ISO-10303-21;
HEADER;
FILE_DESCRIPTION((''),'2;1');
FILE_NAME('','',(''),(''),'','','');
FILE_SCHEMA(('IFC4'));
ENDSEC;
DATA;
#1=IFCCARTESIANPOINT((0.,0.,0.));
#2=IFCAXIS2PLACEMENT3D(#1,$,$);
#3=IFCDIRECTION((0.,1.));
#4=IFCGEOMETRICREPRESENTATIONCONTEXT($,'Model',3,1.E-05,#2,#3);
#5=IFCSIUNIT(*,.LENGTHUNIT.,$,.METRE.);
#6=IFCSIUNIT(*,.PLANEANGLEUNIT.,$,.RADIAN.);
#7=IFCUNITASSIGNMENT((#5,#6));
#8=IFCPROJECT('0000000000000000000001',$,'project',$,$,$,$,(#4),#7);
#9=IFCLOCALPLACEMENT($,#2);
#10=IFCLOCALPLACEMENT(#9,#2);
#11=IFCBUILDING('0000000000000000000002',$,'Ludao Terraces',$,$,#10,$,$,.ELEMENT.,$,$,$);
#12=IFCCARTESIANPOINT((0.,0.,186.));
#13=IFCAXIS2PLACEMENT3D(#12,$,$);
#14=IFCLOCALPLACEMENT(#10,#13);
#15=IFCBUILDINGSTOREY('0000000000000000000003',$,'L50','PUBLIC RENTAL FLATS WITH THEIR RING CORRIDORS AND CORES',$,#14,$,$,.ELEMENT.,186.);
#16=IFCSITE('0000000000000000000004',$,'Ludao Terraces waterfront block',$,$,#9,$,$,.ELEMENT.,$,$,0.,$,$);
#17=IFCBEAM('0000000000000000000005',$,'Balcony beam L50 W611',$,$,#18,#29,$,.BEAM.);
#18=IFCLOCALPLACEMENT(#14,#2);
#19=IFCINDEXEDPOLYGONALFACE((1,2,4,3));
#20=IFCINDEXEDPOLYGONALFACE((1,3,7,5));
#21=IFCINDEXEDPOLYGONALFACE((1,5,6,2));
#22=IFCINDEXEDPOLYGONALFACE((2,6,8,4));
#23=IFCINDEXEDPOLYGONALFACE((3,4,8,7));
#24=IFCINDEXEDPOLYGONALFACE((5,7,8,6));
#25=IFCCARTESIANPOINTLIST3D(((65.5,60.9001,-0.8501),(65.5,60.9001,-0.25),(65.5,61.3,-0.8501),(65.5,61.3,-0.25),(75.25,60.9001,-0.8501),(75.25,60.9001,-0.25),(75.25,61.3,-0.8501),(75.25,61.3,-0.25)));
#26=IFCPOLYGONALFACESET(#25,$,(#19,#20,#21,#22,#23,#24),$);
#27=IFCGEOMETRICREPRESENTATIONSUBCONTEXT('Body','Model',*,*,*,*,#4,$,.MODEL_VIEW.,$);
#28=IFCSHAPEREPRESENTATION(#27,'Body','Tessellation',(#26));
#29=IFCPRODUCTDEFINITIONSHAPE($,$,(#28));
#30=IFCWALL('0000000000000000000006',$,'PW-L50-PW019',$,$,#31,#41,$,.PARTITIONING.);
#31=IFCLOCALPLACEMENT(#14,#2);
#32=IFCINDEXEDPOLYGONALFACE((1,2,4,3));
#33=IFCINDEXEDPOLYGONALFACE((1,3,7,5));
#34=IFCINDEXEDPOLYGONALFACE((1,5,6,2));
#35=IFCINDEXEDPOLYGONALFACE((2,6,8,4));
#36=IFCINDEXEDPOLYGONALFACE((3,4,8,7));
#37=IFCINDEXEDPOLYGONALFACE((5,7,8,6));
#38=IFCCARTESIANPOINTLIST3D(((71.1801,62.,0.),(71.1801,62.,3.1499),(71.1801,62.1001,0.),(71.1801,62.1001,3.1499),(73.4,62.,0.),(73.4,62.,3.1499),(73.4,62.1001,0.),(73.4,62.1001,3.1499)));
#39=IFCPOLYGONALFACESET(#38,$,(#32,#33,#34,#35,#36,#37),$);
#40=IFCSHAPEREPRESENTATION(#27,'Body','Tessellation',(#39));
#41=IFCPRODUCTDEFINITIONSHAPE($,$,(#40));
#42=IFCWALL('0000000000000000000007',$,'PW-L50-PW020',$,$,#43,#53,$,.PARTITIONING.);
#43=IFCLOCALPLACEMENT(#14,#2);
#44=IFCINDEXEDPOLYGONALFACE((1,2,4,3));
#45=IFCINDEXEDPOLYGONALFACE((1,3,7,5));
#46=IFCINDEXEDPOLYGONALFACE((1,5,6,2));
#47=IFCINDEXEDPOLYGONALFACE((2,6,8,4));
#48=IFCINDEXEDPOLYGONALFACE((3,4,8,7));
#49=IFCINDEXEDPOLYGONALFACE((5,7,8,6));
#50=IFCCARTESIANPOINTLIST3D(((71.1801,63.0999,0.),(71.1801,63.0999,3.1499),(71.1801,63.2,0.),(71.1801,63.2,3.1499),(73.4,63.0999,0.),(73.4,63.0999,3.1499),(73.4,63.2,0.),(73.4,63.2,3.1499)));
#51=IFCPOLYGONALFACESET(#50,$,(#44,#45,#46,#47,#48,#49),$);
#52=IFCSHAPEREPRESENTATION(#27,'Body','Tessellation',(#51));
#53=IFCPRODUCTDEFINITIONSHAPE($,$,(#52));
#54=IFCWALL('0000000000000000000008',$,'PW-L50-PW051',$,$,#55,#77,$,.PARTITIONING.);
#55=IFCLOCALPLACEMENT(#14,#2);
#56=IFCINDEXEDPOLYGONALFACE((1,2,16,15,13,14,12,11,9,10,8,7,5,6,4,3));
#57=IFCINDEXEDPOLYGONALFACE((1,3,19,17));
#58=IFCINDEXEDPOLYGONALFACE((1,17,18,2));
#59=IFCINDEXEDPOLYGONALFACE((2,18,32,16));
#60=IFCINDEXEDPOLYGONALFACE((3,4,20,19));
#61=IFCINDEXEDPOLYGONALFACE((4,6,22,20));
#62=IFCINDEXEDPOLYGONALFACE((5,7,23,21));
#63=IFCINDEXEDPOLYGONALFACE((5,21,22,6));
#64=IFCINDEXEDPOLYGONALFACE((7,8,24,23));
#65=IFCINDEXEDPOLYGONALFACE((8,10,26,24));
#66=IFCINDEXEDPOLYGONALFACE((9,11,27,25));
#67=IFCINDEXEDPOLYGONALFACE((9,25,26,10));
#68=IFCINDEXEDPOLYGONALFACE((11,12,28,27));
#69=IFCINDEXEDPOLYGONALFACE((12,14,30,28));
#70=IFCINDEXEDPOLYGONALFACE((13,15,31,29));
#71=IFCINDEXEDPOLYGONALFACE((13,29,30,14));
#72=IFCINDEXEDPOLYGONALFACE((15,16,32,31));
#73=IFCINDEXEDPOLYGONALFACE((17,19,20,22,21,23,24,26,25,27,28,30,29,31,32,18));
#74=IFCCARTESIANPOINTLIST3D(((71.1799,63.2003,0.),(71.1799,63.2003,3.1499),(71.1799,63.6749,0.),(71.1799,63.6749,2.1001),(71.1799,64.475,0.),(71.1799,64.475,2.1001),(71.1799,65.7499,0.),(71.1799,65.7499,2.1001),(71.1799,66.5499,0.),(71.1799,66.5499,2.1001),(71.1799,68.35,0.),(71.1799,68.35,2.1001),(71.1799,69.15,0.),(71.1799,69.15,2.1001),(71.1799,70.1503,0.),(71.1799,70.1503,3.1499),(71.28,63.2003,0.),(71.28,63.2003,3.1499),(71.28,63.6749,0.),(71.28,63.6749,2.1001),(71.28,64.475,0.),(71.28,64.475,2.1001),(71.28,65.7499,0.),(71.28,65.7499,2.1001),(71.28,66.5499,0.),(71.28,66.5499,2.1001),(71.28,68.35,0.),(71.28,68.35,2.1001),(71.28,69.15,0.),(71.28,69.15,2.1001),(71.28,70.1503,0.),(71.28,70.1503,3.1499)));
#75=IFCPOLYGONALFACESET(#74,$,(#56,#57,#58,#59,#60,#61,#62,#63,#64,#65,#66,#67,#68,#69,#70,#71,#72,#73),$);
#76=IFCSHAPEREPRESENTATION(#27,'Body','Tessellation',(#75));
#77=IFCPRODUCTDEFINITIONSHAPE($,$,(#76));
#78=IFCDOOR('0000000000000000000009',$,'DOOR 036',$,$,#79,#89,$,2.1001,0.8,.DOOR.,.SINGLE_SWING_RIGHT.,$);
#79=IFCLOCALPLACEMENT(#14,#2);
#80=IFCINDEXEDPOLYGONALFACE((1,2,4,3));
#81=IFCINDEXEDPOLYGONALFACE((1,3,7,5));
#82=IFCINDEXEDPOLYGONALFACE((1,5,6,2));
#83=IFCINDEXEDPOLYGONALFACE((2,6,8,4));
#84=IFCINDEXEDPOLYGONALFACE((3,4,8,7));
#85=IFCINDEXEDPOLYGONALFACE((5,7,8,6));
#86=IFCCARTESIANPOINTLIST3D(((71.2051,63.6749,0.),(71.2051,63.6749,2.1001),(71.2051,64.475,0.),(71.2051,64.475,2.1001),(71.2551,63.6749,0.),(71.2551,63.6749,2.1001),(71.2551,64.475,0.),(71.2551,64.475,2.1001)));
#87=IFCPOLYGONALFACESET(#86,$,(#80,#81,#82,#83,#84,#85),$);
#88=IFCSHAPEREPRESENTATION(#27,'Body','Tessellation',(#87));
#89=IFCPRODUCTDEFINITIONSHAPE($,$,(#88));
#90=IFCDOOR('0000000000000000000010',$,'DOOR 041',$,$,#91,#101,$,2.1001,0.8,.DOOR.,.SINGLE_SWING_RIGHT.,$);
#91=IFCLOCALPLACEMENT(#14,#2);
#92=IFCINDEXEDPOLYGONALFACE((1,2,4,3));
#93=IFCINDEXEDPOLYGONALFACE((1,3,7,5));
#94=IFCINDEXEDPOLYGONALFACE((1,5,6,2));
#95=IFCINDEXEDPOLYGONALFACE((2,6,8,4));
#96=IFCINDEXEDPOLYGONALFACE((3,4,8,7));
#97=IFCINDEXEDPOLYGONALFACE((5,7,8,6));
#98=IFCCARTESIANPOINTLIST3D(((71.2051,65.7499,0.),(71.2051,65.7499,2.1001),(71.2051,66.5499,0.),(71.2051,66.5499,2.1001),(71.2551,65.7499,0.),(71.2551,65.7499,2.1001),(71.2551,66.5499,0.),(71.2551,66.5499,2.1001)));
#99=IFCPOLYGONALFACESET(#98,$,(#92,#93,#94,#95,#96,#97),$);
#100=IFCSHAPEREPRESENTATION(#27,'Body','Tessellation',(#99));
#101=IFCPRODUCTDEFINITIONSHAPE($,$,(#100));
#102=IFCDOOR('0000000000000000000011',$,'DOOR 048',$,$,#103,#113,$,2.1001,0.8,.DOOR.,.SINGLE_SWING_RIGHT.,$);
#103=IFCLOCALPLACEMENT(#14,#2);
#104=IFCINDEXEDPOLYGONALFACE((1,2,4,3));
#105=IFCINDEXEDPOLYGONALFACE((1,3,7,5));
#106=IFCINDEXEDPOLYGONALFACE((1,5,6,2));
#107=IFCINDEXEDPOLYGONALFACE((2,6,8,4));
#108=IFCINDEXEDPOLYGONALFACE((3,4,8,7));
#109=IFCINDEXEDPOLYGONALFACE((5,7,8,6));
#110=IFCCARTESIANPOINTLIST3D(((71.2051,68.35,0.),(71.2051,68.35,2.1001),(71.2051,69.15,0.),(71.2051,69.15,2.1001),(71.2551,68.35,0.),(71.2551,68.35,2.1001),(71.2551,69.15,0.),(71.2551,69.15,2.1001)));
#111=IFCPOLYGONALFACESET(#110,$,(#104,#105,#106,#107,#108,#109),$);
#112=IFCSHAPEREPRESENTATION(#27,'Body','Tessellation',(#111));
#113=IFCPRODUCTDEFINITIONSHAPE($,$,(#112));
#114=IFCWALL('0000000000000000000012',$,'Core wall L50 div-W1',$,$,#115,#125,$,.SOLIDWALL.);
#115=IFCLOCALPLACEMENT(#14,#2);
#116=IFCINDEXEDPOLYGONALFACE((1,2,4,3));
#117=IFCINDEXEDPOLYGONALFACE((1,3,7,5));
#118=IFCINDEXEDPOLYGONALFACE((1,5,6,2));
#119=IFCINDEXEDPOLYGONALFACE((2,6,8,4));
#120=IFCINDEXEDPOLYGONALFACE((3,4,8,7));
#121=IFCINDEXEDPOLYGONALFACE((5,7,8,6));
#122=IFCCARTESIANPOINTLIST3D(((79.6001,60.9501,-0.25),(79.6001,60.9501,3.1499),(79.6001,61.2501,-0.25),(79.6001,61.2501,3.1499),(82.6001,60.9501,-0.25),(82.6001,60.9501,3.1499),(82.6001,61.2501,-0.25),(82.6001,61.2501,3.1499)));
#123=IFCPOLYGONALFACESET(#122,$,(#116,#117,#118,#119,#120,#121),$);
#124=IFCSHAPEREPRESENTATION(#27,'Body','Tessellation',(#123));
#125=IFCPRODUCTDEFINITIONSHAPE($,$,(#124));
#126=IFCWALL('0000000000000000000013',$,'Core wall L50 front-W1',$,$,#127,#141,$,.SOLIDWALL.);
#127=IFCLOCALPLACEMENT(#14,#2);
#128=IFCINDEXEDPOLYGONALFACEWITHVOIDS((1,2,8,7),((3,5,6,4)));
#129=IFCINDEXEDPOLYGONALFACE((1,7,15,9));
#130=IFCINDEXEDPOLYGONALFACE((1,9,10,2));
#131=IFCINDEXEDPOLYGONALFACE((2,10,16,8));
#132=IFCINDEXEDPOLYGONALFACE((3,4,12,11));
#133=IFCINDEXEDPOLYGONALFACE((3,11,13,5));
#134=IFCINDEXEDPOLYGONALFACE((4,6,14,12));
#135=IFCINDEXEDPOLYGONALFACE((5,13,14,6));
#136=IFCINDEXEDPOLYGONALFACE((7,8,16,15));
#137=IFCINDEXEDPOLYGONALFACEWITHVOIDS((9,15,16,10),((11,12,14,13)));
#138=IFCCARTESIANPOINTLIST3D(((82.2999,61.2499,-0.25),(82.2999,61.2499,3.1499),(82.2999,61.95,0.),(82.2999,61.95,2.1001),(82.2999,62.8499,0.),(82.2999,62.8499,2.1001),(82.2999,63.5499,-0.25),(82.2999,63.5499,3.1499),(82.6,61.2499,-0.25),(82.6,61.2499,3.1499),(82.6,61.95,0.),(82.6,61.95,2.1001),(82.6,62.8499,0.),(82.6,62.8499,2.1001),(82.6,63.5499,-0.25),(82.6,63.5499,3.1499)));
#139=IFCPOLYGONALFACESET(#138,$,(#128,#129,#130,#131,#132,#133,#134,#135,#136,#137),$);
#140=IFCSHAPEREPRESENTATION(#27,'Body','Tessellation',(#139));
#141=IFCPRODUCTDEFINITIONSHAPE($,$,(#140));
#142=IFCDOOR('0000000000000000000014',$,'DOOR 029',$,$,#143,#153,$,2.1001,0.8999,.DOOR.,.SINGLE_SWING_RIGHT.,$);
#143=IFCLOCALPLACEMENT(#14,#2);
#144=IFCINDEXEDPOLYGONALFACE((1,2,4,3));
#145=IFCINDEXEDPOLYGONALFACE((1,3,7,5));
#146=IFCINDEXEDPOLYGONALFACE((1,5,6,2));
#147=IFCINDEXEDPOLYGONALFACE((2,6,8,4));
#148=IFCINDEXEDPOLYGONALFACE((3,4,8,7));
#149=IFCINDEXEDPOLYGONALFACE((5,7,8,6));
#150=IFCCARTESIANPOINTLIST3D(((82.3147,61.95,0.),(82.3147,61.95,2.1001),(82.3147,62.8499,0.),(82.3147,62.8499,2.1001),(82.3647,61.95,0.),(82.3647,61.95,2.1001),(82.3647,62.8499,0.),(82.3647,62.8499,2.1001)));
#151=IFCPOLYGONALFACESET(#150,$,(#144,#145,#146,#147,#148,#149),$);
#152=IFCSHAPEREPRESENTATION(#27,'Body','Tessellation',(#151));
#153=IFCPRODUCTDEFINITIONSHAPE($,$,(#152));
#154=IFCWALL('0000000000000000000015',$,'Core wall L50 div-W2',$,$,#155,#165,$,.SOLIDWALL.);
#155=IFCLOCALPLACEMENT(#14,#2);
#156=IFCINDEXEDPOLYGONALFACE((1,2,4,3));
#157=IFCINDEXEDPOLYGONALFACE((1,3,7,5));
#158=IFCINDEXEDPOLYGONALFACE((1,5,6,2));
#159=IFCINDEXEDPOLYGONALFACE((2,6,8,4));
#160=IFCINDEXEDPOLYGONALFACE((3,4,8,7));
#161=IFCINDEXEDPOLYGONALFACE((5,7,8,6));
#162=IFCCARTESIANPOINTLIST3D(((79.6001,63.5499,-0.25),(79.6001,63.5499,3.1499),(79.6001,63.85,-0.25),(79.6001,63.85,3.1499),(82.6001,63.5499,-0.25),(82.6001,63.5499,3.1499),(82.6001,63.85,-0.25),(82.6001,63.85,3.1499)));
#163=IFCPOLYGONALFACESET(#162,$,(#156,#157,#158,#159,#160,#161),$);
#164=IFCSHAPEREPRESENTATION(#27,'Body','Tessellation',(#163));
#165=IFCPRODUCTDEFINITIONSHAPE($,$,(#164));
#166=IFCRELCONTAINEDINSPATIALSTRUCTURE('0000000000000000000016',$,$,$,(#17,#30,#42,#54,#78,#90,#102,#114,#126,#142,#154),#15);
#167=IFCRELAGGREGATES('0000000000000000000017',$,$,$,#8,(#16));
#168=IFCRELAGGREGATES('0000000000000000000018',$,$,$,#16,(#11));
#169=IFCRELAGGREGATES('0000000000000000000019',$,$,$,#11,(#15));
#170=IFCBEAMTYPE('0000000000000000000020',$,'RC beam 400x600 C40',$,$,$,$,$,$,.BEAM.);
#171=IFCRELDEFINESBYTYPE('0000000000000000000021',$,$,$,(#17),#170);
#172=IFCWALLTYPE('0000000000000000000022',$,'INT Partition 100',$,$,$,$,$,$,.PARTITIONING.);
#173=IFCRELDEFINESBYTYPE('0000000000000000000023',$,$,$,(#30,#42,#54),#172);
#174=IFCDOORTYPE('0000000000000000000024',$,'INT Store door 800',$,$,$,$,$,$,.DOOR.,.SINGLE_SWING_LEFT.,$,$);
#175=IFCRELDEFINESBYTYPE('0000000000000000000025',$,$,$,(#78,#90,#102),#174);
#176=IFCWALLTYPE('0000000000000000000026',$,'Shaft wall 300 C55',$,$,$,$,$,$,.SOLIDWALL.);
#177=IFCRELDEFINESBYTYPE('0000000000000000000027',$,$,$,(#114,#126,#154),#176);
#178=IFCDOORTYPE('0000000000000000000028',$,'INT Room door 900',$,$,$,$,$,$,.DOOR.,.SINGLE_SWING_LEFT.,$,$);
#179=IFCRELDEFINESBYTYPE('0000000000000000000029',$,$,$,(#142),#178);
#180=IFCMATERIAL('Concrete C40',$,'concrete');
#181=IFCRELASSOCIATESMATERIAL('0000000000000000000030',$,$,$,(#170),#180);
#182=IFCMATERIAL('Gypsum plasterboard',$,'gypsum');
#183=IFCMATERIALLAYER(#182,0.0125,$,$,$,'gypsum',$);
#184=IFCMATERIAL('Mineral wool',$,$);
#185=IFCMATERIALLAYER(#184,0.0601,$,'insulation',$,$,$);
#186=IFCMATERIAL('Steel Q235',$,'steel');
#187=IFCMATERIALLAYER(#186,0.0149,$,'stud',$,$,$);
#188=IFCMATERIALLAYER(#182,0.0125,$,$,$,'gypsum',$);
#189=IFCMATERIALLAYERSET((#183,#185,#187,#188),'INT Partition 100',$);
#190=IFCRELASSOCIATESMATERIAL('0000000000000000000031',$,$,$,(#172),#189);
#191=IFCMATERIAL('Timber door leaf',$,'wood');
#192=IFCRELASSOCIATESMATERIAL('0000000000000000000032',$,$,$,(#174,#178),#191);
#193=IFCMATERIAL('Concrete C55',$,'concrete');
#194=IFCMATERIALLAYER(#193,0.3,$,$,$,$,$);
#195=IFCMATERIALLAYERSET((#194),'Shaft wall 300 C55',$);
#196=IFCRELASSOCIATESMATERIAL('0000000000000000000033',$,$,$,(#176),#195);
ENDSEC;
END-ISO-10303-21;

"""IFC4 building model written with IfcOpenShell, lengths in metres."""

from ifc_helpers import new_model, si_unit, direction, frame, frame_2d, origin, origin_2d, place, context, subcontext, project, spatial, rectangle, extrude, material, layer, layer_set, material_profile, profile_set, type_object, element, fill, save


model = new_model("IFC4")

# Units and contexts
model_context = context("Model", 3, precision=1e-05, world=origin(), true_north=direction((0.0, 1.0)))
body_context = subcontext(model_context, "Body", "Model", "MODEL_VIEW")
ifc_project = project(units=[si_unit("LENGTHUNIT", "METRE"), si_unit("PLANEANGLEUNIT", "RADIAN")], contexts=[model_context])

# Site, building, storey
site_placement = place(None, origin())
site = spatial("IfcSite", under=ifc_project, at=site_placement, Name="Ludao Terraces waterfront block", CompositionType="ELEMENT", RefElevation=0.0)
building_placement = place(site_placement, origin())
building = spatial("IfcBuilding", under=site, at=building_placement, Name="Ludao Terraces", CompositionType="ELEMENT")
storey_placement = place(building_placement, frame((0.0, 0.0, 186.0)))
storey = spatial("IfcBuildingStorey", under=building, at=storey_placement, Name="L50", Description="PUBLIC RENTAL FLATS WITH THEIR RING CORRIDORS AND CORES", CompositionType="ELEMENT", Elevation=186.0)

# Beam
ifc_material_1 = material(Name="Concrete C40", Category="concrete")
ifc_material_profile = material_profile(ifc_material_1, rectangle(XDim=0.3999, YDim=0.6001, at=origin_2d()), Name="400 X 600")
ifc_profile_set = profile_set([ifc_material_profile], Name="Concrete C40")
beam_type = type_object("IfcBeamType", Name="RC beam 400x600 C40", PredefinedType="BEAM", material=ifc_profile_set)
beam_placement = place(storey_placement, frame((75.25, 61.1001, -0.55), z_axis=(-1.0, 0.0, 0.0), x_axis=(0.0, -1.0, 0.0)))
element("IfcBeam", 1, at=beam_placement, inside=storey, type_object=beam_type, Name="Balcony beam L50 W611", PredefinedType="BEAM", context=body_context, shape_type="SweptSolid", body=[
    extrude(rectangle(XDim=0.3999, YDim=0.6001, at=origin_2d()), origin(), (0.0, 0.0, 1.0), 9.75),
])

# Walls
ifc_material_2 = material(Name="Gypsum plasterboard", Category="gypsum")
ifc_layer_1 = layer(ifc_material_2, 0.0125, Category="gypsum")
ifc_material_3 = material(Name="Mineral wool")
ifc_layer_2 = layer(ifc_material_3, 0.0601, Name="insulation")
ifc_material_4 = material(Name="Steel Q235", Category="steel")
ifc_layer_3 = layer(ifc_material_4, 0.0149, Name="stud")
ifc_layer_4 = layer(ifc_material_2, 0.0125, Category="gypsum")
ifc_layer_set_1 = layer_set([ifc_layer_1, ifc_layer_2, ifc_layer_3, ifc_layer_4], Name="INT Partition 100")
wall_type_1 = type_object("IfcWallType", Name="INT Partition 100", PredefinedType="PARTITIONING", material=ifc_layer_set_1)
for number, where, z_axis, x_axis, name in (
    (2, (71.1802, 62.05, 0.0), (0.0, 0.0, 1.0), (1.0, 0.0, 0.0), "PW-L50-PW019"),
    (3, (71.1802, 63.1499, 0.0), (0.0, 0.0, 1.0), (1.0, 0.0, 0.0), "PW-L50-PW020"),
):
    element("IfcWall", number, at=place(storey_placement, frame(where, z_axis=z_axis, x_axis=x_axis)), inside=storey, type_object=wall_type_1, Name=name, PredefinedType="PARTITIONING", context=body_context, shape_type="SweptSolid", body=[
        extrude(rectangle(XDim=2.22, YDim=0.1001, at=frame_2d((1.1099, 0.0))), origin(), (0.0, 0.0, 1.0), 3.1499),
    ])

# Wall, openings, doors
wall_1_placement = place(storey_placement, frame((71.23, 63.2002, 0.0), z_axis=(0.0, 0.0, 1.0), x_axis=(0.0, 1.0, 0.0)))
wall_1 = element("IfcWall", 4, at=wall_1_placement, inside=storey, type_object=wall_type_1, Name="PW-L50-PW051", PredefinedType="PARTITIONING", context=body_context, shape_type="SweptSolid", body=[
    extrude(rectangle(XDim=6.95, YDim=0.1001, at=frame_2d((3.4751, 0.0))), origin(), (0.0, 0.0, 1.0), 3.1499),
])
opening_1_placement = place(wall_1_placement, frame((0.4749, 0.0, 0.0)))
opening_1 = element("IfcOpeningElement", 5, at=opening_1_placement, cuts=wall_1, PredefinedType="OPENING", context=body_context, shape_type="SweptSolid", body=[
    extrude(rectangle(XDim=0.8, YDim=2.1001, at=frame_2d((0.3999, 1.05))), frame((0.0, 0.0601, 0.0), z_axis=(0.0, -1.0, 0.0), x_axis=(1.0, 0.0, 0.0)), (0.0, 0.0, 1.0), 0.1201),
])
opening_2_placement = place(wall_1_placement, frame((2.5498, 0.0, 0.0)))
opening_2 = element("IfcOpeningElement", 6, at=opening_2_placement, cuts=wall_1, PredefinedType="OPENING", context=body_context, shape_type="SweptSolid", body=[
    extrude(rectangle(XDim=0.8, YDim=2.1001, at=frame_2d((0.3999, 1.05))), frame((0.0, 0.0601, 0.0), z_axis=(0.0, -1.0, 0.0), x_axis=(1.0, 0.0, 0.0)), (0.0, 0.0, 1.0), 0.1201),
])
opening_3_placement = place(wall_1_placement, frame((5.1499, 0.0, 0.0)))
opening_3 = element("IfcOpeningElement", 7, at=opening_3_placement, cuts=wall_1, PredefinedType="OPENING", context=body_context, shape_type="SweptSolid", body=[
    extrude(rectangle(XDim=0.8, YDim=2.1001, at=frame_2d((0.3999, 1.05))), frame((0.0, 0.0601, 0.0), z_axis=(0.0, -1.0, 0.0), x_axis=(1.0, 0.0, 0.0)), (0.0, 0.0, 1.0), 0.1201),
])
ifc_material_5 = material(Name="Timber door leaf", Category="wood")
door_type_1 = type_object("IfcDoorType", Name="INT Store door 800", OperationType="SINGLE_SWING_LEFT", PredefinedType="DOOR", material=ifc_material_5)
door_1_placement = place(opening_1_placement, origin())
door_1 = element("IfcDoor", 8, at=door_1_placement, inside=storey, type_object=door_type_1, Name="DOOR 036", OperationType="SINGLE_SWING_RIGHT", OverallHeight=2.1001, OverallWidth=0.8, PredefinedType="DOOR", context=body_context, shape_type="SweptSolid", body=[
    extrude(rectangle(XDim=0.8, YDim=2.1001, at=frame_2d((0.3999, 1.05))), frame((0.0, 0.0249, 0.0), z_axis=(0.0, -1.0, 0.0), x_axis=(1.0, 0.0, 0.0)), (0.0, 0.0, 1.0), 0.05),
])
fill(opening_1, door_1)
door_2_placement = place(opening_2_placement, origin())
door_2 = element("IfcDoor", 9, at=door_2_placement, inside=storey, type_object=door_type_1, Name="DOOR 041", OperationType="SINGLE_SWING_RIGHT", OverallHeight=2.1001, OverallWidth=0.8, PredefinedType="DOOR", context=body_context, shape_type="SweptSolid", body=[
    extrude(rectangle(XDim=0.8, YDim=2.1001, at=frame_2d((0.3999, 1.05))), frame((0.0, 0.0249, 0.0), z_axis=(0.0, -1.0, 0.0), x_axis=(1.0, 0.0, 0.0)), (0.0, 0.0, 1.0), 0.05),
])
fill(opening_2, door_2)
door_3_placement = place(opening_3_placement, origin())
door_3 = element("IfcDoor", 10, at=door_3_placement, inside=storey, type_object=door_type_1, Name="DOOR 048", OperationType="SINGLE_SWING_RIGHT", OverallHeight=2.1001, OverallWidth=0.8, PredefinedType="DOOR", context=body_context, shape_type="SweptSolid", body=[
    extrude(rectangle(XDim=0.8, YDim=2.1001, at=frame_2d((0.3999, 1.05))), frame((0.0, 0.0249, 0.0), z_axis=(0.0, -1.0, 0.0), x_axis=(1.0, 0.0, 0.0)), (0.0, 0.0, 1.0), 0.05),
])
fill(opening_3, door_3)

# Wall
ifc_material_6 = material(Name="Concrete C55", Category="concrete")
ifc_layer_5 = layer(ifc_material_6, 0.3)
ifc_layer_set_2 = layer_set([ifc_layer_5], Name="Shaft wall 300 C55")
wall_type_2 = type_object("IfcWallType", Name="Shaft wall 300 C55", PredefinedType="SOLIDWALL", material=ifc_layer_set_2)
wall_2_placement = place(storey_placement, frame((79.6001, 61.1001, -0.25), z_axis=(0.0, 0.0, 1.0), x_axis=(1.0, 0.0, 0.0)))
element("IfcWall", 11, at=wall_2_placement, inside=storey, type_object=wall_type_2, Name="Core wall L50 div-W1", PredefinedType="SOLIDWALL", context=body_context, shape_type="SweptSolid", body=[
    extrude(rectangle(XDim=3.0, YDim=0.3, at=frame_2d((1.5, 0.0))), origin(), (0.0, 0.0, 1.0), 3.3999),
])

# Wall, opening, door
wall_3_placement = place(storey_placement, frame((82.45, 61.25, -0.25), z_axis=(0.0, 0.0, 1.0), x_axis=(0.0, 1.0, 0.0)))
wall_3 = element("IfcWall", 12, at=wall_3_placement, inside=storey, type_object=wall_type_2, Name="Core wall L50 front-W1", PredefinedType="SOLIDWALL", context=body_context, shape_type="SweptSolid", body=[
    extrude(rectangle(XDim=2.3, YDim=0.3, at=frame_2d((1.1499, 0.0))), origin(), (0.0, 0.0, 1.0), 3.3999),
])
opening_4_placement = place(wall_3_placement, frame((0.7, 0.0, 0.25)))
opening_4 = element("IfcOpeningElement", 13, at=opening_4_placement, cuts=wall_3, PredefinedType="OPENING", context=body_context, shape_type="SweptSolid", body=[
    extrude(rectangle(XDim=0.8999, YDim=2.1001, at=frame_2d((0.45, 1.05))), frame((0.0, 0.1602, 0.0), z_axis=(0.0, -1.0, 0.0), x_axis=(1.0, 0.0, 0.0)), (0.0, 0.0, 1.0), 0.3201),
])
door_type_2 = type_object("IfcDoorType", Name="INT Room door 900", OperationType="SINGLE_SWING_LEFT", PredefinedType="DOOR", material=ifc_material_5)
door_4_placement = place(opening_4_placement, origin())
door_4 = element("IfcDoor", 14, at=door_4_placement, inside=storey, type_object=door_type_2, Name="DOOR 029", OperationType="SINGLE_SWING_RIGHT", OverallHeight=2.1001, OverallWidth=0.8999, PredefinedType="DOOR", context=body_context, shape_type="SweptSolid", body=[
    extrude(rectangle(XDim=0.8999, YDim=2.1001, at=frame_2d((0.45, 1.05))), frame((0.0, 0.1353, 0.0), z_axis=(0.0, -1.0, 0.0), x_axis=(1.0, 0.0, 0.0)), (0.0, 0.0, 1.0), 0.05),
])
fill(opening_4, door_4)

# Wall
wall_4_placement = place(storey_placement, frame((79.6001, 63.7, -0.25), z_axis=(0.0, 0.0, 1.0), x_axis=(1.0, 0.0, 0.0)))
element("IfcWall", 15, at=wall_4_placement, inside=storey, type_object=wall_type_2, Name="Core wall L50 div-W2", PredefinedType="SOLIDWALL", context=body_context, shape_type="SweptSolid", body=[
    extrude(rectangle(XDim=3.0, YDim=0.3, at=frame_2d((1.5, 0.0))), origin(), (0.0, 0.0, 1.0), 3.3999),
])

save(model, "model.ifc")
